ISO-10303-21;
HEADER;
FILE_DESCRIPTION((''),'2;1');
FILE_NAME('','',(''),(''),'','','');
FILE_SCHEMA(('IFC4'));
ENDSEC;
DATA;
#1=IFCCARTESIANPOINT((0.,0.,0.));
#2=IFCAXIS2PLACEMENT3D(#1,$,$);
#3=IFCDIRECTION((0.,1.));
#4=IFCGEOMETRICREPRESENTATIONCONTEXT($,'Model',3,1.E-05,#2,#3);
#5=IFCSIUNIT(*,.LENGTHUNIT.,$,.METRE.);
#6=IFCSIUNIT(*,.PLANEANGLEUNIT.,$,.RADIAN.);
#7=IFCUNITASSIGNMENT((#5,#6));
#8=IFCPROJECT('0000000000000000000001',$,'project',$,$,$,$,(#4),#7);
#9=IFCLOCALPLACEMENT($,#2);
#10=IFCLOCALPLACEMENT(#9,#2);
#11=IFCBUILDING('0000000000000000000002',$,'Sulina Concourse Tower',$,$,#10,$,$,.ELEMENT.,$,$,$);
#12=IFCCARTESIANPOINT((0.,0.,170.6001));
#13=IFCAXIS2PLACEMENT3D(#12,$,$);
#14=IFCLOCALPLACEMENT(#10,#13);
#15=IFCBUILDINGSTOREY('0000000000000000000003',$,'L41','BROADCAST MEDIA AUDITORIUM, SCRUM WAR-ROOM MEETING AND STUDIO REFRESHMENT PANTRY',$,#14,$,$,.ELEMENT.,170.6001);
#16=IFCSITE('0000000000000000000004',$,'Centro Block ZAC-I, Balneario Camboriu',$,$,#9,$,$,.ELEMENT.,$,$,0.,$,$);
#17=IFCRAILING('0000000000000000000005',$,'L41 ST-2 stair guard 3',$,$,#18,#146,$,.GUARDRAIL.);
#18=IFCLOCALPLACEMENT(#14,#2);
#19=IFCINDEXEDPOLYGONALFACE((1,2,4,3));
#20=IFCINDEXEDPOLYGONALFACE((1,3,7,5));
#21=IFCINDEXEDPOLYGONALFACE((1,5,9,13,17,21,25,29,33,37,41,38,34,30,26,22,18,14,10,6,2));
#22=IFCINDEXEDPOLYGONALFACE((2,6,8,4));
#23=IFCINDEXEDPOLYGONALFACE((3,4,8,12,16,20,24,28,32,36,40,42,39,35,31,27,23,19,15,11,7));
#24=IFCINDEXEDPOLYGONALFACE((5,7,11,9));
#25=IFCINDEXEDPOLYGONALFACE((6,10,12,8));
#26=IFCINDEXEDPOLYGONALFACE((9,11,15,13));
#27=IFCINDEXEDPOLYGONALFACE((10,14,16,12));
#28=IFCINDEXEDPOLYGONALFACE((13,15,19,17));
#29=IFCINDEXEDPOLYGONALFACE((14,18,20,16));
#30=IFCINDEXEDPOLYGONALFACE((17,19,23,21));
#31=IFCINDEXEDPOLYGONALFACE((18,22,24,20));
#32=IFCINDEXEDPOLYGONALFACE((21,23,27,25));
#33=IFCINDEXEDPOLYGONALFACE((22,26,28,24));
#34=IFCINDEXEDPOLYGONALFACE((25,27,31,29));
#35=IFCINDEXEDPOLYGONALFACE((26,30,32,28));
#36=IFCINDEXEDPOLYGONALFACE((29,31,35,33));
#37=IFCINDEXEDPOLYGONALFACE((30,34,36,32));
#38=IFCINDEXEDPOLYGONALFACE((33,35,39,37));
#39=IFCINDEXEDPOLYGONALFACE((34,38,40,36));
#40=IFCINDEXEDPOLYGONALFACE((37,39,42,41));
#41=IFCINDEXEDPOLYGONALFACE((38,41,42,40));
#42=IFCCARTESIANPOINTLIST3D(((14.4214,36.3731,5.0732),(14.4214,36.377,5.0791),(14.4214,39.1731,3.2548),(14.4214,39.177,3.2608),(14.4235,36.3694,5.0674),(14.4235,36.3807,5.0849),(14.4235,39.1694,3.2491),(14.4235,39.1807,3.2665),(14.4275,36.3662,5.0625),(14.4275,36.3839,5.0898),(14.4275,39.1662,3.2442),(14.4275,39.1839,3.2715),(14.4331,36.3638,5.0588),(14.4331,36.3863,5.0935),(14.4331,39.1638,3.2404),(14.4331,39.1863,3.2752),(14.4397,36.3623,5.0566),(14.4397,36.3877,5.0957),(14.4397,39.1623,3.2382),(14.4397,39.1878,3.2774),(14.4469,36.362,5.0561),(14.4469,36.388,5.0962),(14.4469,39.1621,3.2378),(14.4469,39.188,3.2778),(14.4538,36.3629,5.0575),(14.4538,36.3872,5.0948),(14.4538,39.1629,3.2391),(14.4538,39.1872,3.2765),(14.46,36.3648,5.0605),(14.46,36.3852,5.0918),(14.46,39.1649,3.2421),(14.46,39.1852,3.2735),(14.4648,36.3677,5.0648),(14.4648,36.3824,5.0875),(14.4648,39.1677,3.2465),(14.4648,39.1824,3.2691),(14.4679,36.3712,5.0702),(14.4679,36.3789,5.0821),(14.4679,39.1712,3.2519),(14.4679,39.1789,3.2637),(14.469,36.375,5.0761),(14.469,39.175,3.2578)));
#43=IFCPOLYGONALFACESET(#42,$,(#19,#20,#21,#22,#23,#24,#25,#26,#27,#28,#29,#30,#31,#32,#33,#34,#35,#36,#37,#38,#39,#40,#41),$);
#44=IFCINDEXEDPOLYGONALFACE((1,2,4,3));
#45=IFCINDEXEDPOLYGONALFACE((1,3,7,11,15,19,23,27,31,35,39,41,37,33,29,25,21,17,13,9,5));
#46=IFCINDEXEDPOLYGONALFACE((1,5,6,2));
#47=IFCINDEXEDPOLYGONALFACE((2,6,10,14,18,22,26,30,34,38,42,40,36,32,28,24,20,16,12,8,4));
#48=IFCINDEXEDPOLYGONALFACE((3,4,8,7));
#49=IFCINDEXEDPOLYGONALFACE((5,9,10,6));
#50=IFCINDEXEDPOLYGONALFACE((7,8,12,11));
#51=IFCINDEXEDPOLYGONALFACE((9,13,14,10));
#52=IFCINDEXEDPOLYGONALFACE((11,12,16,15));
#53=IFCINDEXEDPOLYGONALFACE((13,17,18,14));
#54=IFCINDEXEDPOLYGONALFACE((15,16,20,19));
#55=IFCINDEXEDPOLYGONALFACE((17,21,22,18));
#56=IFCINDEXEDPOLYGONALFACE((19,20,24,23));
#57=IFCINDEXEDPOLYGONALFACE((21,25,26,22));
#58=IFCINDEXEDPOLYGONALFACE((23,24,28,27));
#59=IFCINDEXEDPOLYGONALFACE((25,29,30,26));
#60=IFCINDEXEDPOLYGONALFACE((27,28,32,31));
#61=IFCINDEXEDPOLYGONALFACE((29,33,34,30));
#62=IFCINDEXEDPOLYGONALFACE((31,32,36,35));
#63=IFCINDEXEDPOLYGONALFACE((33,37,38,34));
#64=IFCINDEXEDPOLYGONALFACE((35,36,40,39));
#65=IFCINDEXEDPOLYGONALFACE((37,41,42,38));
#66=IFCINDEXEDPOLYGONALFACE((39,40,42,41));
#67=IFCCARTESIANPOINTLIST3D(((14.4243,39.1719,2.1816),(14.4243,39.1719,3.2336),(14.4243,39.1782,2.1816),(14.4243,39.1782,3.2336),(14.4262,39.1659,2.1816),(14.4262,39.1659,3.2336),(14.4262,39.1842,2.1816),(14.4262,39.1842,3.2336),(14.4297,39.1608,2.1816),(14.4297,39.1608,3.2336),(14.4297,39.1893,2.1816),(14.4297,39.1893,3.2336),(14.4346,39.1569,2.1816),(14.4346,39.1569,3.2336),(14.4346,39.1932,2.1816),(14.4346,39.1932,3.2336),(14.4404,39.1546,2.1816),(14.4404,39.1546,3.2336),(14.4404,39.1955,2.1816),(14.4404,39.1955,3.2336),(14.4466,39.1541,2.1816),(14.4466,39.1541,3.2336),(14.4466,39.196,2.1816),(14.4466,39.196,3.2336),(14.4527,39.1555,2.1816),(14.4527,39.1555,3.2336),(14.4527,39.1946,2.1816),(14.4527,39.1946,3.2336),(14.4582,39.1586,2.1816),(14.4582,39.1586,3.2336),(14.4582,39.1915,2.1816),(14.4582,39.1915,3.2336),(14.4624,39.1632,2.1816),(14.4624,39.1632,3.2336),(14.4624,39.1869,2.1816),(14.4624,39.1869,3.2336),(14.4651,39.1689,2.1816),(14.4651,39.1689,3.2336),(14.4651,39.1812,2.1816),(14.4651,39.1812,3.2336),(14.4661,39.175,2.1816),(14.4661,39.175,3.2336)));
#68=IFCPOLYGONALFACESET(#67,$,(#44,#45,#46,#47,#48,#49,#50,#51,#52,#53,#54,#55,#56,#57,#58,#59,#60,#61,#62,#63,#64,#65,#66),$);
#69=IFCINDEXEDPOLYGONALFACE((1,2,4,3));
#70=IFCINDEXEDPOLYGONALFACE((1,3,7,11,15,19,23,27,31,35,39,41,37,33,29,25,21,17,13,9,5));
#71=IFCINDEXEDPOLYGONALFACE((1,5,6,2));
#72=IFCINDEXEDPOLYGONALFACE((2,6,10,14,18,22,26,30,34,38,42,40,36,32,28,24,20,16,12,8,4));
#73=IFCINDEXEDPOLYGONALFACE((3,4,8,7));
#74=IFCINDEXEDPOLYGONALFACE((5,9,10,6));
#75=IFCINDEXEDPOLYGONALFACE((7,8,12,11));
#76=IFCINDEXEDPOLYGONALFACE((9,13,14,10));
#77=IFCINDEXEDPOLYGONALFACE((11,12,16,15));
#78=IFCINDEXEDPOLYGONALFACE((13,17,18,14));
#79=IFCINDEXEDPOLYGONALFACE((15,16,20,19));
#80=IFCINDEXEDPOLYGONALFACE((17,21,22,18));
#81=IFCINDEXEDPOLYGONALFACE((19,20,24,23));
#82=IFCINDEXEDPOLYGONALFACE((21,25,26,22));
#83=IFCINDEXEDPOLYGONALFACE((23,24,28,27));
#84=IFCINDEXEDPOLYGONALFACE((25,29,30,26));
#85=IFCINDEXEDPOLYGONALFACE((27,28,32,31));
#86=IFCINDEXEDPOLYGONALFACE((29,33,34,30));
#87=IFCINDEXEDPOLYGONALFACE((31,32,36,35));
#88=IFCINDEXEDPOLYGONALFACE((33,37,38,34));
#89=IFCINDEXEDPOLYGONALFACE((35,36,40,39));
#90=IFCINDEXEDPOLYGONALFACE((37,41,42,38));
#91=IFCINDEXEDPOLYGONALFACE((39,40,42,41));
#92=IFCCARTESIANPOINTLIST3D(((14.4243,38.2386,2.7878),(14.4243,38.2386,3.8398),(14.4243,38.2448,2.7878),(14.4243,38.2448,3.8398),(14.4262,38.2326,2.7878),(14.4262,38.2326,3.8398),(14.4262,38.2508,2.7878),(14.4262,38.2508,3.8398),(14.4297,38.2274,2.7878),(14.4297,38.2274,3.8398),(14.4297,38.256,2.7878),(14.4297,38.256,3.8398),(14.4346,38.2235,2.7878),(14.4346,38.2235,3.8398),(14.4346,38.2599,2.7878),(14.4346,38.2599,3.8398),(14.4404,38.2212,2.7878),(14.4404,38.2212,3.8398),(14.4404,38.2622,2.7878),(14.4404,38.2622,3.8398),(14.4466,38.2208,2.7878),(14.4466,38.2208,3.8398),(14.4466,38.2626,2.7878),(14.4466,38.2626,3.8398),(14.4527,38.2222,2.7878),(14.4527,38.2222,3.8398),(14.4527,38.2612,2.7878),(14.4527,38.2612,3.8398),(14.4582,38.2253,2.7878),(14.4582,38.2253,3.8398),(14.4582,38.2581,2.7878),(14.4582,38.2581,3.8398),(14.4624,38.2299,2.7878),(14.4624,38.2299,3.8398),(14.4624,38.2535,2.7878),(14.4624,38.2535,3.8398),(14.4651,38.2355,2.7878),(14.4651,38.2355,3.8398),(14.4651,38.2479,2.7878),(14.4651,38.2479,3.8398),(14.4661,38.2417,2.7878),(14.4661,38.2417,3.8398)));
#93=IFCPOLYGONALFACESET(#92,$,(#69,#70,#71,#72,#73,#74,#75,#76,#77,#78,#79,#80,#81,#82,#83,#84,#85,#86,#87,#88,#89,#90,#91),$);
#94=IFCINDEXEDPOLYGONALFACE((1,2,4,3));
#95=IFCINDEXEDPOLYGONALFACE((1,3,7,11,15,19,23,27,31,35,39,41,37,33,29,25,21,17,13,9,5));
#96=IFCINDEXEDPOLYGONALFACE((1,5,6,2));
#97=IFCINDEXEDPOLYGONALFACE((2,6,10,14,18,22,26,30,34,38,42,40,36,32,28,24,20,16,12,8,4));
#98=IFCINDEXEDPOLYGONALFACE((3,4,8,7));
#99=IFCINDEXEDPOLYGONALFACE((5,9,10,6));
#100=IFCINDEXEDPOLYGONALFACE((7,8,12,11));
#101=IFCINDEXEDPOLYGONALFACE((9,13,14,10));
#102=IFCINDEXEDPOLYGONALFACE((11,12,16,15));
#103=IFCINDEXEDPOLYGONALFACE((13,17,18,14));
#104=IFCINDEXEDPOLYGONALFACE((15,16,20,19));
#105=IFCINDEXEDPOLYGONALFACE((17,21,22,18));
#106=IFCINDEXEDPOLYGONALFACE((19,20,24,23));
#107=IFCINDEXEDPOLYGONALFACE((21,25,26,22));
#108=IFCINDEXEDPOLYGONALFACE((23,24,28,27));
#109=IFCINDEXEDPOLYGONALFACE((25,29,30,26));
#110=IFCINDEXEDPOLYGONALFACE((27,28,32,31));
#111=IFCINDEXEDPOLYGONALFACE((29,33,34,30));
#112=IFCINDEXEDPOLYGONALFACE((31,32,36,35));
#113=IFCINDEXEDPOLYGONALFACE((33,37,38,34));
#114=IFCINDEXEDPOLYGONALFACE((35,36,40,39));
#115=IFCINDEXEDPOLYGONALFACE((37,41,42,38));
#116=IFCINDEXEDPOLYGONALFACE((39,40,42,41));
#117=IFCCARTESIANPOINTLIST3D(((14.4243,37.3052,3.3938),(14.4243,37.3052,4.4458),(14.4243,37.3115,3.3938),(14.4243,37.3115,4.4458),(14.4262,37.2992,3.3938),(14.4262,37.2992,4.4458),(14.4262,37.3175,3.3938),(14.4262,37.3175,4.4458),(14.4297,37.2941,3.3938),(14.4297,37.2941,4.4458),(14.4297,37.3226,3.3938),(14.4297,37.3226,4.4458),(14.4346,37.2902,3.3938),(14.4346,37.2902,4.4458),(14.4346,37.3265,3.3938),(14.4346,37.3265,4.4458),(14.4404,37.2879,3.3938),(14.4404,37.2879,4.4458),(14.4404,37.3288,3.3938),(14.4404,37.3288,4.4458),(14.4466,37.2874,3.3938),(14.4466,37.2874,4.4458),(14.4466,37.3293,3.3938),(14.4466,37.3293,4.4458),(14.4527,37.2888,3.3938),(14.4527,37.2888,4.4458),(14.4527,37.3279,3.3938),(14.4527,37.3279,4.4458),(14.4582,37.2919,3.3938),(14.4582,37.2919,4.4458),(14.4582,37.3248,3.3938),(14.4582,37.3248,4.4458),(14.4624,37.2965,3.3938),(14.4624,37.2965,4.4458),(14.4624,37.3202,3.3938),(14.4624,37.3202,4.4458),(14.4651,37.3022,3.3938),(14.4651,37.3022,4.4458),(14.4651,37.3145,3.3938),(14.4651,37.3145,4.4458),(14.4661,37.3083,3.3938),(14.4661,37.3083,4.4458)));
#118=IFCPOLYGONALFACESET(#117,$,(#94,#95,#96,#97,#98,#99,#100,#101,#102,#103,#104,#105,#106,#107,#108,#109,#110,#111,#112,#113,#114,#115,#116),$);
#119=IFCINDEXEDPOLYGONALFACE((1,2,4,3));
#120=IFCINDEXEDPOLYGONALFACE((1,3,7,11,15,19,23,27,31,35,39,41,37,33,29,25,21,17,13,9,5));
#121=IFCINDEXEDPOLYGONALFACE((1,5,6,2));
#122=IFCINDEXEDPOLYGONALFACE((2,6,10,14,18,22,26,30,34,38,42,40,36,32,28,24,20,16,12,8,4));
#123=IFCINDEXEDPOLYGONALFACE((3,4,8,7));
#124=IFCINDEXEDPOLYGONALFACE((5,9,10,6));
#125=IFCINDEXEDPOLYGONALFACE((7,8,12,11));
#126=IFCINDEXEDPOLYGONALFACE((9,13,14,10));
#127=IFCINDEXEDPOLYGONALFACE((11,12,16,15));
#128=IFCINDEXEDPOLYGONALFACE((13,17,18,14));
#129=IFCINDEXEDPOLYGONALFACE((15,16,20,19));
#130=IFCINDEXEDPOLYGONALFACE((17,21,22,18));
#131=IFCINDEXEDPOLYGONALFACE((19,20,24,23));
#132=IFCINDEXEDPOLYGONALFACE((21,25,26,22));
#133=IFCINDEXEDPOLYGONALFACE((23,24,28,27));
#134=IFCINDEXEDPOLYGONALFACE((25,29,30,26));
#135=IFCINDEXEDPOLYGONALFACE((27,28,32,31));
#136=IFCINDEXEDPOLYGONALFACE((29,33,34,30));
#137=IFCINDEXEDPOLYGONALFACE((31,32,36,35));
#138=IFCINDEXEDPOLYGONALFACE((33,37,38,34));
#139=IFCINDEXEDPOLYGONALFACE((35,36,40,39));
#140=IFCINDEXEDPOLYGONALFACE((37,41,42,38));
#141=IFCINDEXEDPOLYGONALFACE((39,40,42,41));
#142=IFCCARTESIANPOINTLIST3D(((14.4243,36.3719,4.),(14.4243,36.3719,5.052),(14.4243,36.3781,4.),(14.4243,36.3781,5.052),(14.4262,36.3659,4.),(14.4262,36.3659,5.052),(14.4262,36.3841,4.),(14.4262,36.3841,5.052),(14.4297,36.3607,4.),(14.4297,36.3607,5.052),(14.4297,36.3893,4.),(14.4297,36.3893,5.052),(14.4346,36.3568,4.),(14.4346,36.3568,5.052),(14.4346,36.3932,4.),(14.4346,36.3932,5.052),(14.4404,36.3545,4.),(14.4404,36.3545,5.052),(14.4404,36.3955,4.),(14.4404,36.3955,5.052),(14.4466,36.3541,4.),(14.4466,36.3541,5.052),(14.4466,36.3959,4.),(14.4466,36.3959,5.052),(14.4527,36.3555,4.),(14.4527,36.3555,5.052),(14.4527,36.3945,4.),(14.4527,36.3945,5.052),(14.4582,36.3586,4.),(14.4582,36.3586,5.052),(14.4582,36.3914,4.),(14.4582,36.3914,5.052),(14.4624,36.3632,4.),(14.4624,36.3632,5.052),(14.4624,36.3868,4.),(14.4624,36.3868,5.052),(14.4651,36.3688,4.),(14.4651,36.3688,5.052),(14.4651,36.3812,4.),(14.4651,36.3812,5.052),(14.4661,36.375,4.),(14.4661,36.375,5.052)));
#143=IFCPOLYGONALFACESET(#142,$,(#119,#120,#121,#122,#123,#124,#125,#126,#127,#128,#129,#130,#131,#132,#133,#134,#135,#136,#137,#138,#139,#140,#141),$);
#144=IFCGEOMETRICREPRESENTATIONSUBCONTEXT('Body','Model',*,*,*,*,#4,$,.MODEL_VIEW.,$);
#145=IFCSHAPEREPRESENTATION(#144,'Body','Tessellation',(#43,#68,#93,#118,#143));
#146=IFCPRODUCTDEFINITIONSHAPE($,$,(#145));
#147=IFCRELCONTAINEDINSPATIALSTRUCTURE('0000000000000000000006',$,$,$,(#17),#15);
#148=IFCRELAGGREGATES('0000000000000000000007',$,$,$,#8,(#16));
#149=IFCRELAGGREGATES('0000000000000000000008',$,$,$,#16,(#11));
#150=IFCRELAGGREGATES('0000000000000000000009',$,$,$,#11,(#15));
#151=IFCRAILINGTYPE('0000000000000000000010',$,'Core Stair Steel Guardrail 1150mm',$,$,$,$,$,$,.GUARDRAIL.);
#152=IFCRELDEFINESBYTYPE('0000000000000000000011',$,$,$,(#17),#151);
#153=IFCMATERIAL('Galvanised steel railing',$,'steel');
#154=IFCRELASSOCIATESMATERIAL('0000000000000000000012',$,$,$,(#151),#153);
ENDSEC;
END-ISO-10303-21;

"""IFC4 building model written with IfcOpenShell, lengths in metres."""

from ifc_helpers import new_model, si_unit, direction, frame, origin, origin_2d, place, context, subcontext, project, spatial, circle, extrude, material, type_object, element, save


model = new_model("IFC4")

# Units and contexts
model_context = context("Model", 3, precision=1e-05, world=origin(), true_north=direction((0.0, 1.0)))
body_context = subcontext(model_context, "Body", "Model", "MODEL_VIEW")
ifc_project = project(units=[si_unit("LENGTHUNIT", "METRE"), si_unit("PLANEANGLEUNIT", "RADIAN")], contexts=[model_context])

# Site, building, storey
site_placement = place(None, origin())
site = spatial("IfcSite", under=ifc_project, at=site_placement, Name="Centro Block ZAC-I, Balneario Camboriu", CompositionType="ELEMENT", RefElevation=0.0)
building_placement = place(site_placement, origin())
building = spatial("IfcBuilding", under=site, at=building_placement, Name="Sulina Concourse Tower", CompositionType="ELEMENT")
storey_placement = place(building_placement, frame((0.0, 0.0, 170.6001)))
storey = spatial("IfcBuildingStorey", under=building, at=storey_placement, Name="L41", Description="BROADCAST MEDIA AUDITORIUM, SCRUM WAR-ROOM MEETING AND STUDIO REFRESHMENT PANTRY", CompositionType="ELEMENT", Elevation=170.6001)

# Railing
ifc_material_1 = material(Name="Galvanised steel railing", Category="steel")
railing_type_1 = type_object("IfcRailingType", Name="Core Stair Steel Guardrail 1150mm", PredefinedType="GUARDRAIL", material=ifc_material_1)
railing_1_placement = place(storey_placement, frame((14.4451, 39.175, 2.1816)))
element("IfcRailing", 1, at=railing_1_placement, inside=storey, type_object=railing_type_1, Name="L41 ST-2 stair guard 3", PredefinedType="GUARDRAIL", context=body_context, shape_type="SweptSolid", body=[
    extrude(circle(Radius=0.0239, at=origin_2d()), frame((0.0, 0.0, 1.0762), z_axis=(0.0, -0.838672, 0.544636), x_axis=(1.0, 0.0, 0.0)), (0.0, 0.0, 1.0), 3.3386),
    extrude(circle(Radius=0.021, at=origin_2d()), origin(), (0.0, 0.0, 1.0), 1.052),
    extrude(circle(Radius=0.021, at=origin_2d()), frame((0.0, -0.9333, 0.6062)), (0.0, 0.0, 1.0), 1.052),
    extrude(circle(Radius=0.021, at=origin_2d()), frame((0.0, -1.8667, 1.2122)), (0.0, 0.0, 1.0), 1.052),
    extrude(circle(Radius=0.021, at=origin_2d()), frame((0.0, -2.8, 1.8184)), (0.0, 0.0, 1.0), 1.052),
])

save(model, "model.ifc")
